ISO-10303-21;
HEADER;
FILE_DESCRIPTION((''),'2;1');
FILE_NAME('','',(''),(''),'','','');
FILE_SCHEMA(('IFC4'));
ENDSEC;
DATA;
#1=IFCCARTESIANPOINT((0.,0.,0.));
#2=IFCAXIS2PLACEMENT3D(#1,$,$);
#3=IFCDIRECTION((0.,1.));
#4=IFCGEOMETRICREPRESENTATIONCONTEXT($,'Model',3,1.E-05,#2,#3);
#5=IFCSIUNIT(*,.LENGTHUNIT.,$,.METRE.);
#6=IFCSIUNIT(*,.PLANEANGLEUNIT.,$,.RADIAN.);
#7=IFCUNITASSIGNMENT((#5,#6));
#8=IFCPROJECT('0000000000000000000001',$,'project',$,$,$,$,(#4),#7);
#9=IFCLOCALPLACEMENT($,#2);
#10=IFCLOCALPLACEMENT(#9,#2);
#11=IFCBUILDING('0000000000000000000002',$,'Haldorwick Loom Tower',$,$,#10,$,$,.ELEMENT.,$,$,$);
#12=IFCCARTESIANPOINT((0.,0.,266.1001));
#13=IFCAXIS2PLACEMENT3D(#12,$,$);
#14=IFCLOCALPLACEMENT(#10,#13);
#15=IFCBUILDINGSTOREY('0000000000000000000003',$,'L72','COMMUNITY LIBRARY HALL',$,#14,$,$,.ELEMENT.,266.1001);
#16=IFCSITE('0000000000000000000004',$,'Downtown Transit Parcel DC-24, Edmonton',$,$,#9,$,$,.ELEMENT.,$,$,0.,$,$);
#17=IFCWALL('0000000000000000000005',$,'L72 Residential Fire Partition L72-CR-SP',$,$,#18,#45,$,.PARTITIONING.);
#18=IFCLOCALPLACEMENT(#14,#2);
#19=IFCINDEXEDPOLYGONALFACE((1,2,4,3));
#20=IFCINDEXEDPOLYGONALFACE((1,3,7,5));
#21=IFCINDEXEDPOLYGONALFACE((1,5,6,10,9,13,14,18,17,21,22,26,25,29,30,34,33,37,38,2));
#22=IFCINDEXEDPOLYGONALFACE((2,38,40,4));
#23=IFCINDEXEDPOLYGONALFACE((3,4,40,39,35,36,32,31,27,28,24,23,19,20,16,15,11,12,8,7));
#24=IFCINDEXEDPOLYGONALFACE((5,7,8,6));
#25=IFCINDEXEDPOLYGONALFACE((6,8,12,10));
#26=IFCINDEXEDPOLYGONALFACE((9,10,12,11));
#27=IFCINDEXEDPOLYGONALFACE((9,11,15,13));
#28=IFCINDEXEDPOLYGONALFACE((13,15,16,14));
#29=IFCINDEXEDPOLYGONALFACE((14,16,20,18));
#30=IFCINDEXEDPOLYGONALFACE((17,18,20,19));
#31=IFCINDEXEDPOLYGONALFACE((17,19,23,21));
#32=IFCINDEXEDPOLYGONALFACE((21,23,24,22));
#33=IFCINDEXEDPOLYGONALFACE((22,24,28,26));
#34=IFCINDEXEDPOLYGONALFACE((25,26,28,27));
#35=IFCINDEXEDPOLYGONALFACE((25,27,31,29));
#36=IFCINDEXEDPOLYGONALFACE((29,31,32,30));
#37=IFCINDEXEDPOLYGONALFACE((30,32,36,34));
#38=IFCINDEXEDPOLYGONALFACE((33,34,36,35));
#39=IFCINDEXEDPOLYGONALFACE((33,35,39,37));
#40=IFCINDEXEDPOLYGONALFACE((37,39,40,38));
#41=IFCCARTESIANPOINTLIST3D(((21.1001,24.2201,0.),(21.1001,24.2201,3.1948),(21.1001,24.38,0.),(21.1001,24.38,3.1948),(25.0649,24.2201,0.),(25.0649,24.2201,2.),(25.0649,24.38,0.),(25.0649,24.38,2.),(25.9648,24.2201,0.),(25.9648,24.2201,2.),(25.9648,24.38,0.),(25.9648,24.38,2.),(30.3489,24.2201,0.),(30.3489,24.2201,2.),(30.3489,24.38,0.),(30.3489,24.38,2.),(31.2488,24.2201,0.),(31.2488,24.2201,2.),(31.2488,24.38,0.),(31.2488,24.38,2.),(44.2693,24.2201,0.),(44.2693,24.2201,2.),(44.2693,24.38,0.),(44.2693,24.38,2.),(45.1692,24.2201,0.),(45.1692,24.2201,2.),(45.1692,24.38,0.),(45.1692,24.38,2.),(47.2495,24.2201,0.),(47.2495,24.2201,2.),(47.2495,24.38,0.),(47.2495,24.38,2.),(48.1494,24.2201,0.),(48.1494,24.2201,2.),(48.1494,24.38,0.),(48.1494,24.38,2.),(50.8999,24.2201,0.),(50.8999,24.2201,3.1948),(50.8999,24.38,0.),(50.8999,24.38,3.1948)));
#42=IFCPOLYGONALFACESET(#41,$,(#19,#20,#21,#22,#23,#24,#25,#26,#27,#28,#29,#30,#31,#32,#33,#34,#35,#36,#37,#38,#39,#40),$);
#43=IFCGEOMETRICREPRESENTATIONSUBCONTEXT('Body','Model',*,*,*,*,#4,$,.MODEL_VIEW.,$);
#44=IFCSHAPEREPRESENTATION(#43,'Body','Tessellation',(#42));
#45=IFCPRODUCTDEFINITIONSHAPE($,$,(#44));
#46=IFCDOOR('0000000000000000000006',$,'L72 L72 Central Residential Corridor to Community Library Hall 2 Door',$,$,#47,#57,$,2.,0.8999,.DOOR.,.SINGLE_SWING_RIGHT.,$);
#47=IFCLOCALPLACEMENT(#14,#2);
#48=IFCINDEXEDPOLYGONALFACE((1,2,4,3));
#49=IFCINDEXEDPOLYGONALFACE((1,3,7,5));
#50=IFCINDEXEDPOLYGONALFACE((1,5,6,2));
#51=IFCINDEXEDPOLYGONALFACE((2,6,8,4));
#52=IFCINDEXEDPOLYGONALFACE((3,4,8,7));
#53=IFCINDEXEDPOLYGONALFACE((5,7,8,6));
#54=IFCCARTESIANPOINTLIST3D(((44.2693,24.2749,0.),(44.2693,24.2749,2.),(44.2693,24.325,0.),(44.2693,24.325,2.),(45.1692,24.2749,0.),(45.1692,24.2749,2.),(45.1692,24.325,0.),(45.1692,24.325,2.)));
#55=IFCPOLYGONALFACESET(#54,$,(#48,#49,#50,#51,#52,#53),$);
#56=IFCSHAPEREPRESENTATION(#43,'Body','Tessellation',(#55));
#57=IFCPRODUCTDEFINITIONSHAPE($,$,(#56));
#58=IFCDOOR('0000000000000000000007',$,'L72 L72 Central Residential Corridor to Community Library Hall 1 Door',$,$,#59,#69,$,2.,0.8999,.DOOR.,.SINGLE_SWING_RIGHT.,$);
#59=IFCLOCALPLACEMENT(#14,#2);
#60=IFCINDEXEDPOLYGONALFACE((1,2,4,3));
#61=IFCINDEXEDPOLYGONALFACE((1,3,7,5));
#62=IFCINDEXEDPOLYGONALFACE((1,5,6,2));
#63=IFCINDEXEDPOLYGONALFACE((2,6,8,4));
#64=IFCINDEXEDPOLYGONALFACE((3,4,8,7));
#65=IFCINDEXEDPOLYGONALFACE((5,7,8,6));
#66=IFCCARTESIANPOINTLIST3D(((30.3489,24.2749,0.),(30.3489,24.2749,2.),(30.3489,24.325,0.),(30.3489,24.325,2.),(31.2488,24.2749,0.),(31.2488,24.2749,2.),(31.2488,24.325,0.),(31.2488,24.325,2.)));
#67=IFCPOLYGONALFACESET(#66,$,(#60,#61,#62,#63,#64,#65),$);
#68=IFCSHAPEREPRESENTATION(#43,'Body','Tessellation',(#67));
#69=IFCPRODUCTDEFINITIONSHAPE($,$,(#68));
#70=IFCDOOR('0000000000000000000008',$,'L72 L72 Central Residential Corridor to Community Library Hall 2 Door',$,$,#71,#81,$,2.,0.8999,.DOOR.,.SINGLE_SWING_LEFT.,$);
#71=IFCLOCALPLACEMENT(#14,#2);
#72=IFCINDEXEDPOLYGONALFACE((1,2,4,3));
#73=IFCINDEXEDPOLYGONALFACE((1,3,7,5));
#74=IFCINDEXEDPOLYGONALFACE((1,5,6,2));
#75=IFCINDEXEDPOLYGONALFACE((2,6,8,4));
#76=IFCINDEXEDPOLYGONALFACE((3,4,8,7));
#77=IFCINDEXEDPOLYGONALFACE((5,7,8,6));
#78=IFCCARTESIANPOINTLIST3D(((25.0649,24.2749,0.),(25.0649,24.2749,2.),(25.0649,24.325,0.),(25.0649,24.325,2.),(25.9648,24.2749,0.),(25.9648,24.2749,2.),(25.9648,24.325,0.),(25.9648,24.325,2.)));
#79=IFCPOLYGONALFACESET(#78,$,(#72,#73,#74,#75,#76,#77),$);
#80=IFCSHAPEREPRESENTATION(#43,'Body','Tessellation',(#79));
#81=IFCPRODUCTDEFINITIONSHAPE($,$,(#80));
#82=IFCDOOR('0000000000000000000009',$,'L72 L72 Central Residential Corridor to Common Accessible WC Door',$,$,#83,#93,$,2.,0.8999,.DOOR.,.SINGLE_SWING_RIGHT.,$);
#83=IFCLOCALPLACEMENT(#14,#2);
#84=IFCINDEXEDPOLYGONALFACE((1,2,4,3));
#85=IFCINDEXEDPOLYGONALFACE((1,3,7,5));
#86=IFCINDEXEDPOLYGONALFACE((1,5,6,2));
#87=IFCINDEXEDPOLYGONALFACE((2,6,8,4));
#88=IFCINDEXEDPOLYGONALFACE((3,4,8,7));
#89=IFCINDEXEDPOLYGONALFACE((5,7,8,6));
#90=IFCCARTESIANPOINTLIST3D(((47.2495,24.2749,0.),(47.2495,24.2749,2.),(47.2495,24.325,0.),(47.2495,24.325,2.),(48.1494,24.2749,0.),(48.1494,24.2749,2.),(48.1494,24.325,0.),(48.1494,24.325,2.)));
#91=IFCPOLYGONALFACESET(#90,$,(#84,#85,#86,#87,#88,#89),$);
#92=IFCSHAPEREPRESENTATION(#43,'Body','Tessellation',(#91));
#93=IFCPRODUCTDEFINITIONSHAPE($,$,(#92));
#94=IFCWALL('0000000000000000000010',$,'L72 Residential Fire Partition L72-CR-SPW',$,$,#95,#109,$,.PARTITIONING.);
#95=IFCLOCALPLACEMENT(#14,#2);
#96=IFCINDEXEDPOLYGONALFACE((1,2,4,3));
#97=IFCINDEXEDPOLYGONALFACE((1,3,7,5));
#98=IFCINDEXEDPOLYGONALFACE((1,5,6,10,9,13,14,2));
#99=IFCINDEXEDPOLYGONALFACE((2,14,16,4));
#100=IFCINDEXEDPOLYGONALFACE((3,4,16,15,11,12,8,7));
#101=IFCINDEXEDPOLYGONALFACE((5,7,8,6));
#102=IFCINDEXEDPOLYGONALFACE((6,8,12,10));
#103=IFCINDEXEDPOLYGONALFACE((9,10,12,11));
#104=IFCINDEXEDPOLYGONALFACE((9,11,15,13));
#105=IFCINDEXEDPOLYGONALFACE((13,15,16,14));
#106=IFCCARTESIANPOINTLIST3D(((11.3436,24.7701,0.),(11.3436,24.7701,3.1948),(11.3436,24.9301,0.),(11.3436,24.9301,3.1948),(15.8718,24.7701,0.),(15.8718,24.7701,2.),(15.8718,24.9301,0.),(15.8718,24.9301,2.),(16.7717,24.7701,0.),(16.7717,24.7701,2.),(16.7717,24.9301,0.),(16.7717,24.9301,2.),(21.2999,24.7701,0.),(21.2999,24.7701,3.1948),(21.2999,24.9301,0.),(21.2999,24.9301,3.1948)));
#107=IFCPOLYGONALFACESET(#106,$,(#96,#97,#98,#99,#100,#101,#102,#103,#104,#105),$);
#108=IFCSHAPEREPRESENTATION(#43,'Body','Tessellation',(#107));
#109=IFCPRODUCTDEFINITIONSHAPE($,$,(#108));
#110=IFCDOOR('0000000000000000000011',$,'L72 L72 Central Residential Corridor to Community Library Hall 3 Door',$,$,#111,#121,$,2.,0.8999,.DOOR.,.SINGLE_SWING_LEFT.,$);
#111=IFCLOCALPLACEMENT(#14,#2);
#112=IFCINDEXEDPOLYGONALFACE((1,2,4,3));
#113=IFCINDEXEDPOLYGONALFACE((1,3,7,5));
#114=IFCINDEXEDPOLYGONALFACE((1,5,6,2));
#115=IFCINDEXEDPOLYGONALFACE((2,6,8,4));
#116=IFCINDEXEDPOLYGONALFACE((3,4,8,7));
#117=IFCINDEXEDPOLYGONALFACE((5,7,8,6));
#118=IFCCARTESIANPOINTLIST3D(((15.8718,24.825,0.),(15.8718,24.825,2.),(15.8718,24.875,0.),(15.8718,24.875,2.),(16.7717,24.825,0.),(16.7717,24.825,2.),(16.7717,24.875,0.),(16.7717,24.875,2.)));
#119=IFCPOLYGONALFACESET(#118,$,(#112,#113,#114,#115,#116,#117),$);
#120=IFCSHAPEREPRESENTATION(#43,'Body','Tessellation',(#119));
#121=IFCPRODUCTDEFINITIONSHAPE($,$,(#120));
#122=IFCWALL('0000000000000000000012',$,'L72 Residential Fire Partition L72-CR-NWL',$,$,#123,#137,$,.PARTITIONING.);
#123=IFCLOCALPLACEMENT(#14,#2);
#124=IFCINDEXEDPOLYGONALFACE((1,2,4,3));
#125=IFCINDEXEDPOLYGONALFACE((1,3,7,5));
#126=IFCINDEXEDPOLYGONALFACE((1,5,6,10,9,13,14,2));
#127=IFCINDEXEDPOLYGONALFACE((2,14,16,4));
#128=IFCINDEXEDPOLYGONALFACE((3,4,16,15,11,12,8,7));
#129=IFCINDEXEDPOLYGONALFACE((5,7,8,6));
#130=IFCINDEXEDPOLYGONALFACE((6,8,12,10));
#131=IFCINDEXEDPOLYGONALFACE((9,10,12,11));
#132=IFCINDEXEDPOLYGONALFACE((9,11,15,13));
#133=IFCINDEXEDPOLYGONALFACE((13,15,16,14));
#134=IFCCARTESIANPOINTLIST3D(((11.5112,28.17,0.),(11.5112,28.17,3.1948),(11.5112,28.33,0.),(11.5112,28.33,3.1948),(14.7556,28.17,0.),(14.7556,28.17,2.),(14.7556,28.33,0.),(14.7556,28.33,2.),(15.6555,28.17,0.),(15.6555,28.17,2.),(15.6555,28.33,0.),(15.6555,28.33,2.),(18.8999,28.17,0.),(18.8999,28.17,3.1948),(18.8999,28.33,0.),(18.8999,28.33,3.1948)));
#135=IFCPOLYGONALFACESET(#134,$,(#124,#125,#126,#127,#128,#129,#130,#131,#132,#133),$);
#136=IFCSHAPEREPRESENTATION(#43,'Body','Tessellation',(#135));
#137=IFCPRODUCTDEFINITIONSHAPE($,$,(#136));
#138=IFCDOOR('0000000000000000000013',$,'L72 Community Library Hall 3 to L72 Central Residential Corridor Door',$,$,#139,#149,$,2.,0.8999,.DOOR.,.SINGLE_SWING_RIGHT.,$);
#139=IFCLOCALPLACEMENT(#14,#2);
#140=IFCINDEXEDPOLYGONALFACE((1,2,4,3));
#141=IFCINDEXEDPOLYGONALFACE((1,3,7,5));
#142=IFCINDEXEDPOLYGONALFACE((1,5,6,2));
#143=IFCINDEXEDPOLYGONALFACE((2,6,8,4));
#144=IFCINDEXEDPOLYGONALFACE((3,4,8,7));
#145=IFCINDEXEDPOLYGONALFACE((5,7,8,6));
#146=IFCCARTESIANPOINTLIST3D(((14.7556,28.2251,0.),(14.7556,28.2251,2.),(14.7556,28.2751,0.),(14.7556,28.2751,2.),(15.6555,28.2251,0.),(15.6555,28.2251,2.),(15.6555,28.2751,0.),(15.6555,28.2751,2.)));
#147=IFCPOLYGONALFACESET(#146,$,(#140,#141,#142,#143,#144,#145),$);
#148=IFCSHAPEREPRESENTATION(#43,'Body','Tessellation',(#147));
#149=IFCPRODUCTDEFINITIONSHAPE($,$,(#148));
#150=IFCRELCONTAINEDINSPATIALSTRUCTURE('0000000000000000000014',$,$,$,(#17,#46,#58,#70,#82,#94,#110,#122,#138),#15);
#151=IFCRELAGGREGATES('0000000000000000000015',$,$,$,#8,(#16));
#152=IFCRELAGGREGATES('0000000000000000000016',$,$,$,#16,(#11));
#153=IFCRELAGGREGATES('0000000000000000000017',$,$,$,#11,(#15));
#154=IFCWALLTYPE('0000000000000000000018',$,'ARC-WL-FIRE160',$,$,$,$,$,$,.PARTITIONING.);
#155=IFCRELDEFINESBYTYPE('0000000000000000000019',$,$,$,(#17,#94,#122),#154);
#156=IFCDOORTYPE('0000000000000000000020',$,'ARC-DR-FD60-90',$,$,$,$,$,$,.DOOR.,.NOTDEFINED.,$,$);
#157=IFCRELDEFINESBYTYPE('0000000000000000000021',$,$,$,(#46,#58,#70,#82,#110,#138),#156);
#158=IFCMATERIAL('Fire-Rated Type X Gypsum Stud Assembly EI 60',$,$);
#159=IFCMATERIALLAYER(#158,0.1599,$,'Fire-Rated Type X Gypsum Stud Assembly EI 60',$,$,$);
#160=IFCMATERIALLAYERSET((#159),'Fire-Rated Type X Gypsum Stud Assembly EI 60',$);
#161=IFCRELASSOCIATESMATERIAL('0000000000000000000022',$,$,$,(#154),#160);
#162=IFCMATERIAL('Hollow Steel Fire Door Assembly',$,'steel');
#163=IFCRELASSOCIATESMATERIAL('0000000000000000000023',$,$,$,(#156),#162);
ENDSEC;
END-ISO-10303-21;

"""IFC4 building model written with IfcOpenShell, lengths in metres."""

from ifc_helpers import new_model, si_unit, direction, frame, frame_2d, origin, place, context, subcontext, project, spatial, rectangle, extrude, material, layer, layer_set, type_object, element, fill, save


model = new_model("IFC4")

# Units and contexts
model_context = context("Model", 3, precision=1e-05, world=origin(), true_north=direction((0.0, 1.0)))
body_context = subcontext(model_context, "Body", "Model", "MODEL_VIEW")
ifc_project = project(units=[si_unit("LENGTHUNIT", "METRE"), si_unit("PLANEANGLEUNIT", "RADIAN")], contexts=[model_context])

# Site, building, storey
site_placement = place(None, origin())
site = spatial("IfcSite", under=ifc_project, at=site_placement, Name="Downtown Transit Parcel DC-24, Edmonton", CompositionType="ELEMENT", RefElevation=0.0)
building_placement = place(site_placement, origin())
building = spatial("IfcBuilding", under=site, at=building_placement, Name="Haldorwick Loom Tower", CompositionType="ELEMENT")
storey_placement = place(building_placement, frame((0.0, 0.0, 266.1001)))
storey = spatial("IfcBuildingStorey", under=building, at=storey_placement, Name="L72", Description="COMMUNITY LIBRARY HALL", CompositionType="ELEMENT", Elevation=266.1001)

# Wall, openings, doors
ifc_material_1 = material(Name="Fire-Rated Type X Gypsum Stud Assembly EI 60")
ifc_layer_1 = layer(ifc_material_1, 0.1599, Name="Fire-Rated Type X Gypsum Stud Assembly EI 60")
ifc_layer_set_1 = layer_set([ifc_layer_1], Name="Fire-Rated Type X Gypsum Stud Assembly EI 60")
wall_type_1 = type_object("IfcWallType", Name="ARC-WL-FIRE160", PredefinedType="PARTITIONING", material=ifc_layer_set_1)
wall_1_placement = place(storey_placement, frame((21.1001, 24.3, 0.0), z_axis=(0.0, 0.0, 1.0), x_axis=(1.0, 0.0, 0.0)))
wall_1 = element("IfcWall", 1, at=wall_1_placement, inside=storey, type_object=wall_type_1, Name="L72 Residential Fire Partition L72-CR-SP", PredefinedType="PARTITIONING", context=body_context, shape_type="SweptSolid", body=[
    extrude(rectangle(XDim=29.7998, YDim=0.1599, at=frame_2d((14.8999, 0.0))), origin(), (0.0, 0.0, 1.0), 3.1948),
])
opening_1_placement = place(wall_1_placement, frame((23.1692, 0.0, 0.0)))
opening_1 = element("IfcOpeningElement", 2, at=opening_1_placement, cuts=wall_1, PredefinedType="OPENING", context=body_context, shape_type="SweptSolid", body=[
    extrude(rectangle(XDim=0.8999, YDim=2.0, at=frame_2d((0.45, 1.0))), frame((0.0, 0.0898, 0.0), z_axis=(0.0, -1.0, 0.0), x_axis=(1.0, 0.0, 0.0)), (0.0, 0.0, 1.0), 0.1799),
])
opening_2_placement = place(wall_1_placement, frame((9.2488, 0.0, 0.0)))
opening_2 = element("IfcOpeningElement", 3, at=opening_2_placement, cuts=wall_1, PredefinedType="OPENING", context=body_context, shape_type="SweptSolid", body=[
    extrude(rectangle(XDim=0.8999, YDim=2.0, at=frame_2d((0.45, 1.0))), frame((0.0, 0.0898, 0.0), z_axis=(0.0, -1.0, 0.0), x_axis=(1.0, 0.0, 0.0)), (0.0, 0.0, 1.0), 0.1799),
])
opening_3_placement = place(wall_1_placement, frame((3.9648, 0.0, 0.0)))
opening_3 = element("IfcOpeningElement", 4, at=opening_3_placement, cuts=wall_1, PredefinedType="OPENING", context=body_context, shape_type="SweptSolid", body=[
    extrude(rectangle(XDim=0.8999, YDim=2.0, at=frame_2d((0.45, 1.0))), frame((0.0, 0.0898, 0.0), z_axis=(0.0, -1.0, 0.0), x_axis=(1.0, 0.0, 0.0)), (0.0, 0.0, 1.0), 0.1799),
])
opening_4_placement = place(wall_1_placement, frame((26.1494, 0.0, 0.0)))
opening_4 = element("IfcOpeningElement", 5, at=opening_4_placement, cuts=wall_1, PredefinedType="OPENING", context=body_context, shape_type="SweptSolid", body=[
    extrude(rectangle(XDim=0.8999, YDim=2.0, at=frame_2d((0.45, 1.0))), frame((0.0, 0.0898, 0.0), z_axis=(0.0, -1.0, 0.0), x_axis=(1.0, 0.0, 0.0)), (0.0, 0.0, 1.0), 0.1799),
])
ifc_material_2 = material(Name="Hollow Steel Fire Door Assembly", Category="steel")
door_type = type_object("IfcDoorType", Name="ARC-DR-FD60-90", OperationType="NOTDEFINED", PredefinedType="DOOR", material=ifc_material_2)
door_1_placement = place(opening_1_placement, origin())
door_1 = element("IfcDoor", 6, at=door_1_placement, inside=storey, type_object=door_type, Name="L72 L72 Central Residential Corridor to Community Library Hall 2 Door", OperationType="SINGLE_SWING_RIGHT", OverallHeight=2.0, OverallWidth=0.8999, PredefinedType="DOOR", context=body_context, shape_type="SweptSolid", body=[
    extrude(rectangle(XDim=0.8999, YDim=2.0, at=frame_2d((0.45, 1.0))), frame((0.0, 0.0249, 0.0), z_axis=(0.0, -1.0, 0.0), x_axis=(1.0, 0.0, 0.0)), (0.0, 0.0, 1.0), 0.05),
])
fill(opening_1, door_1)
door_2_placement = place(opening_2_placement, origin())
door_2 = element("IfcDoor", 7, at=door_2_placement, inside=storey, type_object=door_type, Name="L72 L72 Central Residential Corridor to Community Library Hall 1 Door", OperationType="SINGLE_SWING_RIGHT", OverallHeight=2.0, OverallWidth=0.8999, PredefinedType="DOOR", context=body_context, shape_type="SweptSolid", body=[
    extrude(rectangle(XDim=0.8999, YDim=2.0, at=frame_2d((0.45, 1.0))), frame((0.0, 0.0249, 0.0), z_axis=(0.0, -1.0, 0.0), x_axis=(1.0, 0.0, 0.0)), (0.0, 0.0, 1.0), 0.05),
])
fill(opening_2, door_2)
door_3_placement = place(opening_3_placement, origin())
door_3 = element("IfcDoor", 8, at=door_3_placement, inside=storey, type_object=door_type, Name="L72 L72 Central Residential Corridor to Community Library Hall 2 Door", OperationType="SINGLE_SWING_LEFT", OverallHeight=2.0, OverallWidth=0.8999, PredefinedType="DOOR", context=body_context, shape_type="SweptSolid", body=[
    extrude(rectangle(XDim=0.8999, YDim=2.0, at=frame_2d((0.45, 1.0))), frame((0.0, 0.0249, 0.0), z_axis=(0.0, -1.0, 0.0), x_axis=(1.0, 0.0, 0.0)), (0.0, 0.0, 1.0), 0.05),
])
fill(opening_3, door_3)
door_4_placement = place(opening_4_placement, origin())
door_4 = element("IfcDoor", 9, at=door_4_placement, inside=storey, type_object=door_type, Name="L72 L72 Central Residential Corridor to Common Accessible WC Door", OperationType="SINGLE_SWING_RIGHT", OverallHeight=2.0, OverallWidth=0.8999, PredefinedType="DOOR", context=body_context, shape_type="SweptSolid", body=[
    extrude(rectangle(XDim=0.8999, YDim=2.0, at=frame_2d((0.45, 1.0))), frame((0.0, 0.0249, 0.0), z_axis=(0.0, -1.0, 0.0), x_axis=(1.0, 0.0, 0.0)), (0.0, 0.0, 1.0), 0.05),
])
fill(opening_4, door_4)

# Walls, openings, doors
wall_2_placement = place(storey_placement, frame((11.3438, 24.8501, 0.0), z_axis=(0.0, 0.0, 1.0), x_axis=(1.0, 0.0, 0.0)))
wall_2 = element("IfcWall", 10, at=wall_2_placement, inside=storey, type_object=wall_type_1, Name="L72 Residential Fire Partition L72-CR-SPW", PredefinedType="PARTITIONING", context=body_context, shape_type="SweptSolid", body=[
    extrude(rectangle(XDim=9.9563, YDim=0.1599, at=frame_2d((4.978, 0.0))), origin(), (0.0, 0.0, 1.0), 3.1948),
])
opening_5_placement = place(wall_2_placement, frame((4.5281, 0.0, 0.0)))
opening_5 = element("IfcOpeningElement", 11, at=opening_5_placement, cuts=wall_2, PredefinedType="OPENING", context=body_context, shape_type="SweptSolid", body=[
    extrude(rectangle(XDim=0.8999, YDim=2.0, at=frame_2d((0.45, 1.0))), frame((0.0, 0.0898, 0.0), z_axis=(0.0, -1.0, 0.0), x_axis=(1.0, 0.0, 0.0)), (0.0, 0.0, 1.0), 0.1799),
])
door_5_placement = place(opening_5_placement, origin())
door_5 = element("IfcDoor", 12, at=door_5_placement, inside=storey, type_object=door_type, Name="L72 L72 Central Residential Corridor to Community Library Hall 3 Door", OperationType="SINGLE_SWING_LEFT", OverallHeight=2.0, OverallWidth=0.8999, PredefinedType="DOOR", context=body_context, shape_type="SweptSolid", body=[
    extrude(rectangle(XDim=0.8999, YDim=2.0, at=frame_2d((0.45, 1.0))), frame((0.0, 0.0249, 0.0), z_axis=(0.0, -1.0, 0.0), x_axis=(1.0, 0.0, 0.0)), (0.0, 0.0, 1.0), 0.05),
])
fill(opening_5, door_5)
wall_3_placement = place(storey_placement, frame((11.5112, 28.25, 0.0), z_axis=(0.0, 0.0, 1.0), x_axis=(1.0, 0.0, 0.0)))
wall_3 = element("IfcWall", 13, at=wall_3_placement, inside=storey, type_object=wall_type_1, Name="L72 Residential Fire Partition L72-CR-NWL", PredefinedType="PARTITIONING", context=body_context, shape_type="SweptSolid", body=[
    extrude(rectangle(XDim=7.3887, YDim=0.1599, at=frame_2d((3.6943, 0.0))), origin(), (0.0, 0.0, 1.0), 3.1948),
])
opening_6_placement = place(wall_3_placement, frame((3.2444, 0.0, 0.0)))
opening_6 = element("IfcOpeningElement", 14, at=opening_6_placement, cuts=wall_3, PredefinedType="OPENING", context=body_context, shape_type="SweptSolid", body=[
    extrude(rectangle(XDim=0.8999, YDim=2.0, at=frame_2d((0.45, 1.0))), frame((0.0, 0.0898, 0.0), z_axis=(0.0, -1.0, 0.0), x_axis=(1.0, 0.0, 0.0)), (0.0, 0.0, 1.0), 0.1799),
])
door_6_placement = place(opening_6_placement, frame((0.8999, 0.0, 0.0), z_axis=(0.0, 0.0, 1.0), x_axis=(-1.0, 0.0, 0.0)))
door_6 = element("IfcDoor", 15, at=door_6_placement, inside=storey, type_object=door_type, Name="L72 Community Library Hall 3 to L72 Central Residential Corridor Door", OperationType="SINGLE_SWING_RIGHT", OverallHeight=2.0, OverallWidth=0.8999, PredefinedType="DOOR", context=body_context, shape_type="SweptSolid", body=[
    extrude(rectangle(XDim=0.8999, YDim=2.0, at=frame_2d((0.45, 1.0))), frame((0.0, 0.0249, 0.0), z_axis=(0.0, -1.0, 0.0), x_axis=(1.0, 0.0, 0.0)), (0.0, 0.0, 1.0), 0.05),
])
fill(opening_6, door_6)

save(model, "model.ifc")
